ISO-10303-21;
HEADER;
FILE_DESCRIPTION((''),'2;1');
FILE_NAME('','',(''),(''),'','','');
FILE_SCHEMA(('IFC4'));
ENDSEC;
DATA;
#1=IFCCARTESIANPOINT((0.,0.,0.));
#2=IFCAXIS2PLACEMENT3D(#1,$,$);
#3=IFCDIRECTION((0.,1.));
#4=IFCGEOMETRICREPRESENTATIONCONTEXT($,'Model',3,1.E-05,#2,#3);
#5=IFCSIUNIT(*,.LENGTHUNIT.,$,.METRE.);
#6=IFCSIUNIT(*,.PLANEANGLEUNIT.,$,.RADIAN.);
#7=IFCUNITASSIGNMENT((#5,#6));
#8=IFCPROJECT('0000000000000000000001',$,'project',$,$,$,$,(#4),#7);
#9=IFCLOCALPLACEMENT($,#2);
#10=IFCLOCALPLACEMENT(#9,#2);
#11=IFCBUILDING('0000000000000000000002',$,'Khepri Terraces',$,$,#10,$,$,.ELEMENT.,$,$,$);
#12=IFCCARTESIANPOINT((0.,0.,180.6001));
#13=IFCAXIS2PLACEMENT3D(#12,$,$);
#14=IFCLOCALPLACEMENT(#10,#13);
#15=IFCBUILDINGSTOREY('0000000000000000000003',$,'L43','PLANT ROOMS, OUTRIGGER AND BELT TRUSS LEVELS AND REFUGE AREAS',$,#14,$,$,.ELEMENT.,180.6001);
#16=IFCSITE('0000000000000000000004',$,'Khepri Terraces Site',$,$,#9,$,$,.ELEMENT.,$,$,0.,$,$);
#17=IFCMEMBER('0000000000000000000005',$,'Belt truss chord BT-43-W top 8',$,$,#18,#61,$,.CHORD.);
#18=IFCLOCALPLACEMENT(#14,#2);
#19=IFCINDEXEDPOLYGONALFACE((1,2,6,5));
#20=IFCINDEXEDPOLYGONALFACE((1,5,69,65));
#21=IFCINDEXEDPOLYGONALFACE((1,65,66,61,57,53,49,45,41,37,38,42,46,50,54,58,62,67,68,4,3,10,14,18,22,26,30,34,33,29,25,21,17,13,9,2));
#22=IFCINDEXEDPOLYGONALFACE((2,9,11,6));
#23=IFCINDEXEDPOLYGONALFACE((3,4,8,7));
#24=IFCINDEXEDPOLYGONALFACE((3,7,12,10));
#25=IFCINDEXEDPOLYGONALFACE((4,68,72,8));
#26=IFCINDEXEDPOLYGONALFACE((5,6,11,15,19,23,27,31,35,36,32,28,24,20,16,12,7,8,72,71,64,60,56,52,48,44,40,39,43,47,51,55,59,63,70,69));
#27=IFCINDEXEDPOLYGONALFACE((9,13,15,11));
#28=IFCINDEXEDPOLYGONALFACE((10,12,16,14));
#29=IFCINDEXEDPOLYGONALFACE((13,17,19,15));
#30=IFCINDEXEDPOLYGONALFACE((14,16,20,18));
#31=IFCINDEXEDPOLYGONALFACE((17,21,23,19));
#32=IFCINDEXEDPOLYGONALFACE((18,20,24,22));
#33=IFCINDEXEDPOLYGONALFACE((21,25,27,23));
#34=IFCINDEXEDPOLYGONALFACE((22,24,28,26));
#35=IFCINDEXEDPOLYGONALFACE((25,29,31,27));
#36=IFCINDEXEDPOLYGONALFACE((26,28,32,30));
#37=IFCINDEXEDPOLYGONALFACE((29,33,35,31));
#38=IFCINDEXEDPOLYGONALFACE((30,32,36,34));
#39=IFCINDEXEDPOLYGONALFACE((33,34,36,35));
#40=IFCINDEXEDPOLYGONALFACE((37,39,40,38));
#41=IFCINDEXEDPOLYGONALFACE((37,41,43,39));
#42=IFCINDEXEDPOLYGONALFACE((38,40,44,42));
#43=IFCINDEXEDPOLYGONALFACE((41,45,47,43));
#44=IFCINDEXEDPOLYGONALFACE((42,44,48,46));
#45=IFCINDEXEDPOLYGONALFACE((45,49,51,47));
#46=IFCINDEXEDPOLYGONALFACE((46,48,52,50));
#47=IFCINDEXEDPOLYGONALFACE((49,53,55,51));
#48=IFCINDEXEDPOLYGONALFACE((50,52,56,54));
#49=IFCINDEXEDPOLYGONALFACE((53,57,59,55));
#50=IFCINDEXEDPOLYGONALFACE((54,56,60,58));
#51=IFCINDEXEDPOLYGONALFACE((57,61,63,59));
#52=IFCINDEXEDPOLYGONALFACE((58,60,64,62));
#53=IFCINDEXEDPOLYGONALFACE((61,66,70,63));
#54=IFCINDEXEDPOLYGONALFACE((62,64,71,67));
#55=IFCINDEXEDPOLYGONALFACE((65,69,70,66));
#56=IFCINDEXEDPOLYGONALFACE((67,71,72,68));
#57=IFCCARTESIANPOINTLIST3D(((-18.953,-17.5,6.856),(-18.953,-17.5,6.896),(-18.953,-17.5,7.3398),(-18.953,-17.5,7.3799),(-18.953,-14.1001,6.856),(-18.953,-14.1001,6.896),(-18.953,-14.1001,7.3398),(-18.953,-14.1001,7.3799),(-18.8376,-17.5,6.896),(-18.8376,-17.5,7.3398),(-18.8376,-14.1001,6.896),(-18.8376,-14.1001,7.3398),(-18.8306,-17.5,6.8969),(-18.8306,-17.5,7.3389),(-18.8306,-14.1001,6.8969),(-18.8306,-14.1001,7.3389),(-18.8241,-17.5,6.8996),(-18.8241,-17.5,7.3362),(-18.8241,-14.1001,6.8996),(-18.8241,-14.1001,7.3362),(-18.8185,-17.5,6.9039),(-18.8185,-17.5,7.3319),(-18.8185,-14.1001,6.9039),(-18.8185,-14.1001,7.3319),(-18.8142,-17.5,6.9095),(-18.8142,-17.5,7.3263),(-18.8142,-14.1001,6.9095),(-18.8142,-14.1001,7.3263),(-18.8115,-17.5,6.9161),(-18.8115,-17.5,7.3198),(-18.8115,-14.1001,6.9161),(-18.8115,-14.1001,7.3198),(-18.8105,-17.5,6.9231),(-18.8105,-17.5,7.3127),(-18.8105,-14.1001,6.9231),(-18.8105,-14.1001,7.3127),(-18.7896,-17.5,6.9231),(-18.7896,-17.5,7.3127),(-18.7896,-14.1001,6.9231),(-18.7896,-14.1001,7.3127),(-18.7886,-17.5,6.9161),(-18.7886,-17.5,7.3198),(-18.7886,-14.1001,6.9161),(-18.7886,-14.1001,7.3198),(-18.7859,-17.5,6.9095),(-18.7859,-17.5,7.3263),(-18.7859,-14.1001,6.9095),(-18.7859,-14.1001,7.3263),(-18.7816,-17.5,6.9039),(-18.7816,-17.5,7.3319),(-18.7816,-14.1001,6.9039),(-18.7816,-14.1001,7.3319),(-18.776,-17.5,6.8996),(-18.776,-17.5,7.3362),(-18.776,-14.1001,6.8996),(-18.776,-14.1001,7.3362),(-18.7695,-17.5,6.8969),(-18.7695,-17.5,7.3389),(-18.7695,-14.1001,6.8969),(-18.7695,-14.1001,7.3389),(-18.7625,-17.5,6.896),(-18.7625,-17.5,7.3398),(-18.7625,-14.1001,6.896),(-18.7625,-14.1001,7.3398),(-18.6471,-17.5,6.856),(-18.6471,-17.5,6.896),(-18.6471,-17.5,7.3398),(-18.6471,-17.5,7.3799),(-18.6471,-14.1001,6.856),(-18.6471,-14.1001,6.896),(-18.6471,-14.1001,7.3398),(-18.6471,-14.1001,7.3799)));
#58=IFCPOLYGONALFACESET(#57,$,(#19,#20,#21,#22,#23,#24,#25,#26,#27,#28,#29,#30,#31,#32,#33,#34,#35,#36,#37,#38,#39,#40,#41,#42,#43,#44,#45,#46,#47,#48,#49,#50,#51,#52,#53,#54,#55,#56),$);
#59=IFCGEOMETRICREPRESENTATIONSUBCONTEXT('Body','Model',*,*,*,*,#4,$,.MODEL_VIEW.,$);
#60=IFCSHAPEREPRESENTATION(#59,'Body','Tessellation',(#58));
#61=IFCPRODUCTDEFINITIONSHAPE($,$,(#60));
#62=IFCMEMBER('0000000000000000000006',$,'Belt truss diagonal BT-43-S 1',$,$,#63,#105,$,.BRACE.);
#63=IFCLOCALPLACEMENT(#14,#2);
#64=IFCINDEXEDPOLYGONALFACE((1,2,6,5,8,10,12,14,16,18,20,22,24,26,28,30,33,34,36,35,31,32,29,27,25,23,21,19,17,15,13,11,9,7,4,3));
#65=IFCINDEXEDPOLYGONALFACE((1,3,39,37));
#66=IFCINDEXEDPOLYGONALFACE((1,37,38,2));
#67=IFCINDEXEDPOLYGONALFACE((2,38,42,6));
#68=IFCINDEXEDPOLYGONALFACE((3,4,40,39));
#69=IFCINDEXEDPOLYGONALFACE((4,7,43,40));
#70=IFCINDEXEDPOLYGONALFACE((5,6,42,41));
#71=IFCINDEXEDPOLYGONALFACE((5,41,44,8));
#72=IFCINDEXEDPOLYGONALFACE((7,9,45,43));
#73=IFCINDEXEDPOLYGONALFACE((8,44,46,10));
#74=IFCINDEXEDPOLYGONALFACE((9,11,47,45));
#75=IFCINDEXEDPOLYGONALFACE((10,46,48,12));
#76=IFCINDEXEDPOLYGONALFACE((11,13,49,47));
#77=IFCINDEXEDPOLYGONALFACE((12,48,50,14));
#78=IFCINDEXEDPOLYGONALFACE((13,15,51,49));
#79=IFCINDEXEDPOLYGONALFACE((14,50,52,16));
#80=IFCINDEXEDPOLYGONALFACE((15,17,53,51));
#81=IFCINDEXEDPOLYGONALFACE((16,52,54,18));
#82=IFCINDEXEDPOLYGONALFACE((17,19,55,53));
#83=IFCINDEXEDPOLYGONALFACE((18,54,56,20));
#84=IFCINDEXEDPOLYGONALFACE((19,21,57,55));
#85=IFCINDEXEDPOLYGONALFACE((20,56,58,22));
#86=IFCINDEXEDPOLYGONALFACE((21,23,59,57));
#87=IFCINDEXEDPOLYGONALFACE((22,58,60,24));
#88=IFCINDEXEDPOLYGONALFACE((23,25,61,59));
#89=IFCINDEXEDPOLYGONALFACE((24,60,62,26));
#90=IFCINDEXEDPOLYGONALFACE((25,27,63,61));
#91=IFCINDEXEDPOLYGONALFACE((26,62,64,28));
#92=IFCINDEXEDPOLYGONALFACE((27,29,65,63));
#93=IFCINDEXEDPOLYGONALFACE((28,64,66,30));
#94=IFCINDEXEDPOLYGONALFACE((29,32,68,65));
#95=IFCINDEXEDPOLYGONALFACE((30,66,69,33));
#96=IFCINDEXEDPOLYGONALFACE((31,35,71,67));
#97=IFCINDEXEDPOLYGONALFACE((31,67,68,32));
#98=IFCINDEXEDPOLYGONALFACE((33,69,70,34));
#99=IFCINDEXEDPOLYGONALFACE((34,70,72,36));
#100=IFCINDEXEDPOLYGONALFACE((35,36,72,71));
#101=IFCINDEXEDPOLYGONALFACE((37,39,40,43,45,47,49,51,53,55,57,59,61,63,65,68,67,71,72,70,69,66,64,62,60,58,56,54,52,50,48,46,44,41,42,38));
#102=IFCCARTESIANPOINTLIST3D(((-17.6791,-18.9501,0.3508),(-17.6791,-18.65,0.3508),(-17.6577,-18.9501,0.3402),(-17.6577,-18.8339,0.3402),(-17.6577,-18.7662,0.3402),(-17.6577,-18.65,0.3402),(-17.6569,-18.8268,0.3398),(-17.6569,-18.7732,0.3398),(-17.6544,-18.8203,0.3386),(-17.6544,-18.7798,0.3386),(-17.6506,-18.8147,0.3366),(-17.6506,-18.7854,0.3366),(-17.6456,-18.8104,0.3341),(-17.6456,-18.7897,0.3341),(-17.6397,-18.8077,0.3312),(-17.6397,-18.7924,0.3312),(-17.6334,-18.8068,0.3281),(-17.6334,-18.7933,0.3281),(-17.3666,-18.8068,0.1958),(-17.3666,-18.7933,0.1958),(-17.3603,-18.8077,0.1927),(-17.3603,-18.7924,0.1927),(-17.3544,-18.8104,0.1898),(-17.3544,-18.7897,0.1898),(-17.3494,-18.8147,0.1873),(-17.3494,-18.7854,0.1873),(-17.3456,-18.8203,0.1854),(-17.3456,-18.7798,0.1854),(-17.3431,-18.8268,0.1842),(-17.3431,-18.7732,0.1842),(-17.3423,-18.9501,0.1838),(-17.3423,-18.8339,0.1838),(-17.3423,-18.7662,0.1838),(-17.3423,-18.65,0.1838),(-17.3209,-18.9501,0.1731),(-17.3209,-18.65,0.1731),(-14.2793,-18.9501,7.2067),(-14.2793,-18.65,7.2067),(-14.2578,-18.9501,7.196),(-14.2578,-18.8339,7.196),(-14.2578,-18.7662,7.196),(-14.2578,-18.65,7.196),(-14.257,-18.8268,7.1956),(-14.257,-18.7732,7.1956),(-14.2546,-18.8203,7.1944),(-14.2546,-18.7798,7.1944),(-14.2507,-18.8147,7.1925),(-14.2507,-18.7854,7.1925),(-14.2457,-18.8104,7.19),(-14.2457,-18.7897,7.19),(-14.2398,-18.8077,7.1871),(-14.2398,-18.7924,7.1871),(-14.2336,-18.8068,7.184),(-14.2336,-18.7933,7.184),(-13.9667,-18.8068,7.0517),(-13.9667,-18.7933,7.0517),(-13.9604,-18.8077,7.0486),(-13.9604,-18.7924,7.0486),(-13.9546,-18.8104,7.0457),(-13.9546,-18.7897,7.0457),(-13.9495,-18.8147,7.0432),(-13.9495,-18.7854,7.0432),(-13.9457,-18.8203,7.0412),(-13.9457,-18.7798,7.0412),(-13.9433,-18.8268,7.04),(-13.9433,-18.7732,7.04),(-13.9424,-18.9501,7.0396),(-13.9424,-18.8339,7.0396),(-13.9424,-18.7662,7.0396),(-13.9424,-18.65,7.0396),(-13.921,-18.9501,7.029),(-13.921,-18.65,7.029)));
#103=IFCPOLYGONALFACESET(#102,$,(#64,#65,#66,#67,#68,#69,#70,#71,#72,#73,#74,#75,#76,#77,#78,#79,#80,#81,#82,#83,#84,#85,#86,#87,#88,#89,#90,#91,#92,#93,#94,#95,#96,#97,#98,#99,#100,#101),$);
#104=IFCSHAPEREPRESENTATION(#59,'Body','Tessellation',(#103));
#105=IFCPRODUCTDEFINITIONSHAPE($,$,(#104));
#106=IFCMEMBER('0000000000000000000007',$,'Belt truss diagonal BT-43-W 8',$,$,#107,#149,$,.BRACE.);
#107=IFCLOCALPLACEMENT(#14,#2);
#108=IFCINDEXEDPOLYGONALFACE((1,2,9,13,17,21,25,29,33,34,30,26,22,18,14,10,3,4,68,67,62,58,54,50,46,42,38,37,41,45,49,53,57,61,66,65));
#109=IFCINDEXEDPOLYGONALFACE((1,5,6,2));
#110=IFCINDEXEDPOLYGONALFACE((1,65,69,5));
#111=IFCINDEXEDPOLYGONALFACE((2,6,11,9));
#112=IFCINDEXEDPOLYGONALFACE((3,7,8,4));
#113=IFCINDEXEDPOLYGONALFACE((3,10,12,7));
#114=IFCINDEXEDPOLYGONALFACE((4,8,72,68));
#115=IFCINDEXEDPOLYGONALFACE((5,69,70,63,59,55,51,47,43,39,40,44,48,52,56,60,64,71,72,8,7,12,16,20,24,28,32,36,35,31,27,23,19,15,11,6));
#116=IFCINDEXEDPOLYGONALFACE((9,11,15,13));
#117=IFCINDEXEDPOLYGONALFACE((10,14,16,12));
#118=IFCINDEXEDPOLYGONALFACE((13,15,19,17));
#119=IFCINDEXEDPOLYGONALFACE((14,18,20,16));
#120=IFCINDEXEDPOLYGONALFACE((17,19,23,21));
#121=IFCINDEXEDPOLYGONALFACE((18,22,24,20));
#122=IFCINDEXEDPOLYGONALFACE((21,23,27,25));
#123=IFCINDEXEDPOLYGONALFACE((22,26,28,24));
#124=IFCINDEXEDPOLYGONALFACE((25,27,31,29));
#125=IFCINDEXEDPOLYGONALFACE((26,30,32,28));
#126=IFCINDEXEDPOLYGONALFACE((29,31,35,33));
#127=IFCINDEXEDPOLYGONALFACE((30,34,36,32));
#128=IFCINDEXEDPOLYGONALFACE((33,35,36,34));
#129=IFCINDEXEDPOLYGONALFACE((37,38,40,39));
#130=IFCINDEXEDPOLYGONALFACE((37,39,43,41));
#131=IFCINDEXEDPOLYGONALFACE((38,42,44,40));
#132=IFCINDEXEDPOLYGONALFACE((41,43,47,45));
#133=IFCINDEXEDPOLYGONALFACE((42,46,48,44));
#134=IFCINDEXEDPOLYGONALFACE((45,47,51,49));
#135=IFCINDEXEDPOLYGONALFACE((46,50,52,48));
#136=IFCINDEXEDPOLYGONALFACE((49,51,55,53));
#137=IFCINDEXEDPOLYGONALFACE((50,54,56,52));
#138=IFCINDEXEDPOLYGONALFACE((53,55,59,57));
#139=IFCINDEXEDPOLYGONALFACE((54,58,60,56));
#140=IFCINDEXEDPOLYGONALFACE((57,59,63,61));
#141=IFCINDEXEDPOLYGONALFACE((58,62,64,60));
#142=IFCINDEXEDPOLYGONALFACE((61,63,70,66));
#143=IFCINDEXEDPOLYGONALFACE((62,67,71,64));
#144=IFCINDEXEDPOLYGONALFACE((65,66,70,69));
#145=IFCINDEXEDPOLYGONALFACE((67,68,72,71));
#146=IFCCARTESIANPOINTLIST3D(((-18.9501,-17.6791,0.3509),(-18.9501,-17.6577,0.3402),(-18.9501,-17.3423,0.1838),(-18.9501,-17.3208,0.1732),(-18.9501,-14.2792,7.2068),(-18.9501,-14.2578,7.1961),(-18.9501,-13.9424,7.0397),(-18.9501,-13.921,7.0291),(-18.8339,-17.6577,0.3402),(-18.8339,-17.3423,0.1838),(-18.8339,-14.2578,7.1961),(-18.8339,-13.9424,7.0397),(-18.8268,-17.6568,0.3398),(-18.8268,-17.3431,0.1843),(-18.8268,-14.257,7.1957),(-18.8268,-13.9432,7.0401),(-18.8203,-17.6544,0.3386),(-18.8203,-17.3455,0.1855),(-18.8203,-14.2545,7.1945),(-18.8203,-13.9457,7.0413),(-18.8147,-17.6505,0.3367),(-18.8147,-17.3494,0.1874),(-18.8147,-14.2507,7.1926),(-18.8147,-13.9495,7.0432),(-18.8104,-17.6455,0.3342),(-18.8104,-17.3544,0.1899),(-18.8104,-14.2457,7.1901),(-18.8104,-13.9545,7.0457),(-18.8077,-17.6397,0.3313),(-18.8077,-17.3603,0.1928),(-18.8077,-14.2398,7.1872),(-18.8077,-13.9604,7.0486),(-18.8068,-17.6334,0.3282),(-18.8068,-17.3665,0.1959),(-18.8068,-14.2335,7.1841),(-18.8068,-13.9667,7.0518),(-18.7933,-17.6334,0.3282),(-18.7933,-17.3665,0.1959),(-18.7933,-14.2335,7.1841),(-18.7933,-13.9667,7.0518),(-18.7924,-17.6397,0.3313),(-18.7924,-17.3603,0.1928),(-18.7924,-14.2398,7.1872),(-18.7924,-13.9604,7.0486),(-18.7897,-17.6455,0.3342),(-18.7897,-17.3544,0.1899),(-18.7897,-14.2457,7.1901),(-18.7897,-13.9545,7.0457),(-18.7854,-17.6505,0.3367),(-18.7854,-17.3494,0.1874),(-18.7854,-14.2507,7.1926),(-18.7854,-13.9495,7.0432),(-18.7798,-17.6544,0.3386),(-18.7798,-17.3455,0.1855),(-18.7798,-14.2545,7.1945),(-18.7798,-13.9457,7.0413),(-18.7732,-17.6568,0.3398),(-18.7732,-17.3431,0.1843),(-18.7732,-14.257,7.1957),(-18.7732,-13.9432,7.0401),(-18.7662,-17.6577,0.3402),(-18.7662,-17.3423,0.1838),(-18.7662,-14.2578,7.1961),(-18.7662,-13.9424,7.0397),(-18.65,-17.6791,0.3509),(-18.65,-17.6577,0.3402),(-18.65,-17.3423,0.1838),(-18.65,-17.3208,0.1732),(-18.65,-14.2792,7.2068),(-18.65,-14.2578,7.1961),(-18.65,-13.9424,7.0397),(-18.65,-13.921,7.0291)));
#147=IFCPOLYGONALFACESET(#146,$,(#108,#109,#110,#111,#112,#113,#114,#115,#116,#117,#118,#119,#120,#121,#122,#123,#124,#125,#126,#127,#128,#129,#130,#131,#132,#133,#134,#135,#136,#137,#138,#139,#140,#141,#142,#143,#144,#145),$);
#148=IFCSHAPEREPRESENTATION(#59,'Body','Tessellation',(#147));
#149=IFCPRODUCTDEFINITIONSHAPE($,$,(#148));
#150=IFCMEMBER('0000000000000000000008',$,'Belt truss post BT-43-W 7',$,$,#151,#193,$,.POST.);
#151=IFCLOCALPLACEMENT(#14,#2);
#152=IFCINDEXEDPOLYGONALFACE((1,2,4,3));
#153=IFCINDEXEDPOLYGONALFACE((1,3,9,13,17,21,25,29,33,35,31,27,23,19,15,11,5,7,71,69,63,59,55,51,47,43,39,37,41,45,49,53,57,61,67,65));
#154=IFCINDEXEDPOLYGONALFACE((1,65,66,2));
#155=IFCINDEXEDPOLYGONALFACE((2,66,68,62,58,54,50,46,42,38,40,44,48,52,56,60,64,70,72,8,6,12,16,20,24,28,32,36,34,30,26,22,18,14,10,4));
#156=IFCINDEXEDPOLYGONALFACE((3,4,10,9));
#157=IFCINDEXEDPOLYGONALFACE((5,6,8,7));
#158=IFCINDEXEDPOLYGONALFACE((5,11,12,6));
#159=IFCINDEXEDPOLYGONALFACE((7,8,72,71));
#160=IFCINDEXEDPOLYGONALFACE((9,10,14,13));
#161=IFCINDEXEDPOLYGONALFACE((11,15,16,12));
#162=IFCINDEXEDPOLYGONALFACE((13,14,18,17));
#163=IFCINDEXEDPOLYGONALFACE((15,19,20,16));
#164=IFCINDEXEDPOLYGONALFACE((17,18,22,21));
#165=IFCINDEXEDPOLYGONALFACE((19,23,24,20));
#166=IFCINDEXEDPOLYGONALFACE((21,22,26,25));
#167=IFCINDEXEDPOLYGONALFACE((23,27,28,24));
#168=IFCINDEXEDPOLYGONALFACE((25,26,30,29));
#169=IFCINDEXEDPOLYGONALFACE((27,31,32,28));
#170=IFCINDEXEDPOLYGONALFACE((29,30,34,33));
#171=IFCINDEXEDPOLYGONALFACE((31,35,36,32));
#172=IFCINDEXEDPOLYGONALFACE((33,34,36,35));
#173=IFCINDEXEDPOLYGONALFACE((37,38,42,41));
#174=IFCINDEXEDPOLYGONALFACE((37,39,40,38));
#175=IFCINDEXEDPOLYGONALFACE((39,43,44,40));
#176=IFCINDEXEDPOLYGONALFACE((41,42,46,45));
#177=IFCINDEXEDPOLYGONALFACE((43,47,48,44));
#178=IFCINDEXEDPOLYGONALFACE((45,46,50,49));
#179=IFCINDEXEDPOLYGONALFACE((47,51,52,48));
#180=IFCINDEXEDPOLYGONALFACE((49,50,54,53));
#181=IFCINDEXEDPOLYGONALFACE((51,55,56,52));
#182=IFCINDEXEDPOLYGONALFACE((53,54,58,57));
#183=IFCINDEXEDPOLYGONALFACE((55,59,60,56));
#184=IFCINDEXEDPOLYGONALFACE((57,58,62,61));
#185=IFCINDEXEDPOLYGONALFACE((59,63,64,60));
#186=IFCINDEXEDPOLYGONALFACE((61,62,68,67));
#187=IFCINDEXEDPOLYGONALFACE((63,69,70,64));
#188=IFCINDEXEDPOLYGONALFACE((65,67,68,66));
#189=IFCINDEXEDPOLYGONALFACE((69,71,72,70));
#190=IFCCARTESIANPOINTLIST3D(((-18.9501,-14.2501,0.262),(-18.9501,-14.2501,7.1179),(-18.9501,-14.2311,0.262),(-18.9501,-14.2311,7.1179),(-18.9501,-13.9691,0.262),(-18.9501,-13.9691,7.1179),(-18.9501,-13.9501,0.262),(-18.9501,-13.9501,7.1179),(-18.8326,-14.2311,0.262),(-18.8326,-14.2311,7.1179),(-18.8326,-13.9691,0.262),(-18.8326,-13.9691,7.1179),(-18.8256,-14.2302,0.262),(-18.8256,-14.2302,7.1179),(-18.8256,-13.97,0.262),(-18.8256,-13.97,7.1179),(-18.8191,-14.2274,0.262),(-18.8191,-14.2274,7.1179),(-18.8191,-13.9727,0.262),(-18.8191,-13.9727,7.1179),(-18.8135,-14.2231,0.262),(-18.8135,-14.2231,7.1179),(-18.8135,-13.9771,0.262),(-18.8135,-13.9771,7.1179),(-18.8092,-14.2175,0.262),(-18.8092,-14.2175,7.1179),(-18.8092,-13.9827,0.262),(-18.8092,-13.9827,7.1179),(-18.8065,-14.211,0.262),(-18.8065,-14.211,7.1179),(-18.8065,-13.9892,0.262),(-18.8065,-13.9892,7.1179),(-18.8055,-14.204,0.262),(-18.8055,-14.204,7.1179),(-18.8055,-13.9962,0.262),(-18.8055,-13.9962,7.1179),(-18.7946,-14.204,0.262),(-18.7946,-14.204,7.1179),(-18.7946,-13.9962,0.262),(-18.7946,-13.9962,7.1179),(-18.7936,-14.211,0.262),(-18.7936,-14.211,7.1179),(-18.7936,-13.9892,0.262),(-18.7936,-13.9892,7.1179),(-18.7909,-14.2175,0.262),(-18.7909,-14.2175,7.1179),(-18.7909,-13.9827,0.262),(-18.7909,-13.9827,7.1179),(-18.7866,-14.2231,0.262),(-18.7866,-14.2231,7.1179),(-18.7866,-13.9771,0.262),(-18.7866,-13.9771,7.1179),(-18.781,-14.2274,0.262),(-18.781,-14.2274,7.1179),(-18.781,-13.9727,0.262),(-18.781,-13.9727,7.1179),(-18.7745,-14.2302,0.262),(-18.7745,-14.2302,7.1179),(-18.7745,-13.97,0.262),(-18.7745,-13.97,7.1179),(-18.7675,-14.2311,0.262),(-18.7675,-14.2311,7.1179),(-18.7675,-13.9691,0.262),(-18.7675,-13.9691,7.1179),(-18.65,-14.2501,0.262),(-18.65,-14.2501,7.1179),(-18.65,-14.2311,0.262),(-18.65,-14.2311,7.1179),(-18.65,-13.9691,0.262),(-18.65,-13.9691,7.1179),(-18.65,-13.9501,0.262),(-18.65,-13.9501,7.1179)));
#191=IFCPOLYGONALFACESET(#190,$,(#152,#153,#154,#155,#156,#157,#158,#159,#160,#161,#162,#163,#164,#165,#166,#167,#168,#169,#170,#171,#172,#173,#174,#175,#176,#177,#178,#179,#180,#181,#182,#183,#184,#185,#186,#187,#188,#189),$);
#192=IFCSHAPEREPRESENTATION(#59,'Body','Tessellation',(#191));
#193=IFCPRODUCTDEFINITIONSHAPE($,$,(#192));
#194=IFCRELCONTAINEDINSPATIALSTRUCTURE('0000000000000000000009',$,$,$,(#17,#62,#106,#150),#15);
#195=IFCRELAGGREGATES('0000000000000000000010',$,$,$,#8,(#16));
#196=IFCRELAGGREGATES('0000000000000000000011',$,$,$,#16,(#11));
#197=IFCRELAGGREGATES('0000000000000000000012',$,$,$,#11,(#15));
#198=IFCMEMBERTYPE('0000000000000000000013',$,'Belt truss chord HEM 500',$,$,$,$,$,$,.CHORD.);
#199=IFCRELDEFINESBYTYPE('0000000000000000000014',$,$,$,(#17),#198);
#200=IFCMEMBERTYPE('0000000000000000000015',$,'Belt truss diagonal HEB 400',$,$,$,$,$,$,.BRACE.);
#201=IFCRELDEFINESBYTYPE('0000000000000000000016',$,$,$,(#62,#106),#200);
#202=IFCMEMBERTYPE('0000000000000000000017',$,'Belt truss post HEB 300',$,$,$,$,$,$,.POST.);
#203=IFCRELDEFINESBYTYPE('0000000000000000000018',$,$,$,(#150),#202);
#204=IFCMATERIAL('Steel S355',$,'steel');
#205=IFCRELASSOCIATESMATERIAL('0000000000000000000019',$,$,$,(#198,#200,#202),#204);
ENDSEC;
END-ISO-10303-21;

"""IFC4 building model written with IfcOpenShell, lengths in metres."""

from ifc_helpers import new_model, si_unit, direction, frame, origin, origin_2d, place, context, subcontext, project, spatial, i_section, extrude, material, material_profile, profile_set, type_object, element, save


model = new_model("IFC4")

# Units and contexts
model_context = context("Model", 3, precision=1e-05, world=origin(), true_north=direction((0.0, 1.0)))
body_context = subcontext(model_context, "Body", "Model", "MODEL_VIEW")
ifc_project = project(units=[si_unit("LENGTHUNIT", "METRE"), si_unit("PLANEANGLEUNIT", "RADIAN")], contexts=[model_context])

# Site, building, storey
site_placement = place(None, origin())
site = spatial("IfcSite", under=ifc_project, at=site_placement, Name="Khepri Terraces Site", CompositionType="ELEMENT", RefElevation=0.0)
building_placement = place(site_placement, origin())
building = spatial("IfcBuilding", under=site, at=building_placement, Name="Khepri Terraces", CompositionType="ELEMENT")
storey_placement = place(building_placement, frame((0.0, 0.0, 180.6001)))
storey = spatial("IfcBuildingStorey", under=building, at=storey_placement, Name="L43", Description="PLANT ROOMS, OUTRIGGER AND BELT TRUSS LEVELS AND REFUGE AREAS", CompositionType="ELEMENT", Elevation=180.6001)

# Members
ifc_material_1 = material(Name="Steel S355", Category="steel")
ifc_material_profile_1 = material_profile(ifc_material_1, i_section(OverallWidth=0.3059, OverallDepth=0.5239, WebThickness=0.021, FlangeThickness=0.04, FilletRadius=0.0271, at=origin_2d()), Name="Steel S355", Category="steel")
ifc_profile_set_1 = profile_set([ifc_material_profile_1], Name="Steel S355")
member_type_1 = type_object("IfcMemberType", Name="Belt truss chord HEM 500", PredefinedType="CHORD", material=ifc_profile_set_1)
for number, where, z_axis, x_axis, name in (
    (1, (-18.8, -14.1001, 7.1179), (0.0, -1.0, 0.0), (1.0, 0.0, 0.0), "Belt truss chord BT-43-W top 8"),
):
    element("IfcMember", number, at=place(storey_placement, frame(where, z_axis=z_axis, x_axis=x_axis)), inside=storey, type_object=member_type_1, Name=name, PredefinedType="CHORD", context=body_context, shape_type="SweptSolid", body=[
        extrude(i_section(OverallWidth=0.3059, OverallDepth=0.5239, WebThickness=0.021, FlangeThickness=0.04, FilletRadius=0.0271, at=origin_2d()), origin(), (0.0, 0.0, 1.0), 3.3999),
    ])
ifc_material_profile_2 = material_profile(ifc_material_1, i_section(OverallWidth=0.3, OverallDepth=0.3999, WebThickness=0.0134, FlangeThickness=0.0239, FilletRadius=0.0271, at=origin_2d()), Name="Steel S355", Category="steel")
ifc_profile_set_2 = profile_set([ifc_material_profile_2], Name="Steel S355")
member_type_2 = type_object("IfcMemberType", Name="Belt truss diagonal HEB 400", PredefinedType="BRACE", material=ifc_profile_set_2)
for number, where, z_axis, x_axis, name in (
    (2, (-17.5, -18.8, 0.262), (0.444276, 0.0, 0.89589), (0.0, 1.0, 0.0), "Belt truss diagonal BT-43-S 1"),
    (3, (-18.8, -14.1001, 7.1179), (0.0, -0.444276, -0.89589), (1.0, 0.0, 0.0), "Belt truss diagonal BT-43-W 8"),
):
    element("IfcMember", number, at=place(storey_placement, frame(where, z_axis=z_axis, x_axis=x_axis)), inside=storey, type_object=member_type_2, Name=name, PredefinedType="BRACE", context=body_context, shape_type="SweptSolid", body=[
        extrude(i_section(OverallWidth=0.3, OverallDepth=0.3999, WebThickness=0.0134, FlangeThickness=0.0239, FilletRadius=0.0271, at=origin_2d()), origin(), (0.0, 0.0, 1.0), 7.6526),
    ])
ifc_material_profile_3 = material_profile(ifc_material_1, i_section(OverallWidth=0.3, OverallDepth=0.3, WebThickness=0.011, FlangeThickness=0.019, FilletRadius=0.0271, at=origin_2d()), Name="Steel S355", Category="steel")
ifc_profile_set_3 = profile_set([ifc_material_profile_3], Name="Steel S355")
member_type_3 = type_object("IfcMemberType", Name="Belt truss post HEB 300", PredefinedType="POST", material=ifc_profile_set_3)
member_1_placement = place(storey_placement, frame((-18.8, -14.1001, 0.262), z_axis=(0.0, 0.0, 1.0), x_axis=(1.0, 0.0, 0.0)))
element("IfcMember", 4, at=member_1_placement, inside=storey, type_object=member_type_3, Name="Belt truss post BT-43-W 7", PredefinedType="POST", context=body_context, shape_type="SweptSolid", body=[
    extrude(i_section(OverallWidth=0.3, OverallDepth=0.3, WebThickness=0.011, FlangeThickness=0.019, FilletRadius=0.0271, at=origin_2d()), origin(), (0.0, 0.0, 1.0), 6.856),
])

save(model, "model.ifc")
